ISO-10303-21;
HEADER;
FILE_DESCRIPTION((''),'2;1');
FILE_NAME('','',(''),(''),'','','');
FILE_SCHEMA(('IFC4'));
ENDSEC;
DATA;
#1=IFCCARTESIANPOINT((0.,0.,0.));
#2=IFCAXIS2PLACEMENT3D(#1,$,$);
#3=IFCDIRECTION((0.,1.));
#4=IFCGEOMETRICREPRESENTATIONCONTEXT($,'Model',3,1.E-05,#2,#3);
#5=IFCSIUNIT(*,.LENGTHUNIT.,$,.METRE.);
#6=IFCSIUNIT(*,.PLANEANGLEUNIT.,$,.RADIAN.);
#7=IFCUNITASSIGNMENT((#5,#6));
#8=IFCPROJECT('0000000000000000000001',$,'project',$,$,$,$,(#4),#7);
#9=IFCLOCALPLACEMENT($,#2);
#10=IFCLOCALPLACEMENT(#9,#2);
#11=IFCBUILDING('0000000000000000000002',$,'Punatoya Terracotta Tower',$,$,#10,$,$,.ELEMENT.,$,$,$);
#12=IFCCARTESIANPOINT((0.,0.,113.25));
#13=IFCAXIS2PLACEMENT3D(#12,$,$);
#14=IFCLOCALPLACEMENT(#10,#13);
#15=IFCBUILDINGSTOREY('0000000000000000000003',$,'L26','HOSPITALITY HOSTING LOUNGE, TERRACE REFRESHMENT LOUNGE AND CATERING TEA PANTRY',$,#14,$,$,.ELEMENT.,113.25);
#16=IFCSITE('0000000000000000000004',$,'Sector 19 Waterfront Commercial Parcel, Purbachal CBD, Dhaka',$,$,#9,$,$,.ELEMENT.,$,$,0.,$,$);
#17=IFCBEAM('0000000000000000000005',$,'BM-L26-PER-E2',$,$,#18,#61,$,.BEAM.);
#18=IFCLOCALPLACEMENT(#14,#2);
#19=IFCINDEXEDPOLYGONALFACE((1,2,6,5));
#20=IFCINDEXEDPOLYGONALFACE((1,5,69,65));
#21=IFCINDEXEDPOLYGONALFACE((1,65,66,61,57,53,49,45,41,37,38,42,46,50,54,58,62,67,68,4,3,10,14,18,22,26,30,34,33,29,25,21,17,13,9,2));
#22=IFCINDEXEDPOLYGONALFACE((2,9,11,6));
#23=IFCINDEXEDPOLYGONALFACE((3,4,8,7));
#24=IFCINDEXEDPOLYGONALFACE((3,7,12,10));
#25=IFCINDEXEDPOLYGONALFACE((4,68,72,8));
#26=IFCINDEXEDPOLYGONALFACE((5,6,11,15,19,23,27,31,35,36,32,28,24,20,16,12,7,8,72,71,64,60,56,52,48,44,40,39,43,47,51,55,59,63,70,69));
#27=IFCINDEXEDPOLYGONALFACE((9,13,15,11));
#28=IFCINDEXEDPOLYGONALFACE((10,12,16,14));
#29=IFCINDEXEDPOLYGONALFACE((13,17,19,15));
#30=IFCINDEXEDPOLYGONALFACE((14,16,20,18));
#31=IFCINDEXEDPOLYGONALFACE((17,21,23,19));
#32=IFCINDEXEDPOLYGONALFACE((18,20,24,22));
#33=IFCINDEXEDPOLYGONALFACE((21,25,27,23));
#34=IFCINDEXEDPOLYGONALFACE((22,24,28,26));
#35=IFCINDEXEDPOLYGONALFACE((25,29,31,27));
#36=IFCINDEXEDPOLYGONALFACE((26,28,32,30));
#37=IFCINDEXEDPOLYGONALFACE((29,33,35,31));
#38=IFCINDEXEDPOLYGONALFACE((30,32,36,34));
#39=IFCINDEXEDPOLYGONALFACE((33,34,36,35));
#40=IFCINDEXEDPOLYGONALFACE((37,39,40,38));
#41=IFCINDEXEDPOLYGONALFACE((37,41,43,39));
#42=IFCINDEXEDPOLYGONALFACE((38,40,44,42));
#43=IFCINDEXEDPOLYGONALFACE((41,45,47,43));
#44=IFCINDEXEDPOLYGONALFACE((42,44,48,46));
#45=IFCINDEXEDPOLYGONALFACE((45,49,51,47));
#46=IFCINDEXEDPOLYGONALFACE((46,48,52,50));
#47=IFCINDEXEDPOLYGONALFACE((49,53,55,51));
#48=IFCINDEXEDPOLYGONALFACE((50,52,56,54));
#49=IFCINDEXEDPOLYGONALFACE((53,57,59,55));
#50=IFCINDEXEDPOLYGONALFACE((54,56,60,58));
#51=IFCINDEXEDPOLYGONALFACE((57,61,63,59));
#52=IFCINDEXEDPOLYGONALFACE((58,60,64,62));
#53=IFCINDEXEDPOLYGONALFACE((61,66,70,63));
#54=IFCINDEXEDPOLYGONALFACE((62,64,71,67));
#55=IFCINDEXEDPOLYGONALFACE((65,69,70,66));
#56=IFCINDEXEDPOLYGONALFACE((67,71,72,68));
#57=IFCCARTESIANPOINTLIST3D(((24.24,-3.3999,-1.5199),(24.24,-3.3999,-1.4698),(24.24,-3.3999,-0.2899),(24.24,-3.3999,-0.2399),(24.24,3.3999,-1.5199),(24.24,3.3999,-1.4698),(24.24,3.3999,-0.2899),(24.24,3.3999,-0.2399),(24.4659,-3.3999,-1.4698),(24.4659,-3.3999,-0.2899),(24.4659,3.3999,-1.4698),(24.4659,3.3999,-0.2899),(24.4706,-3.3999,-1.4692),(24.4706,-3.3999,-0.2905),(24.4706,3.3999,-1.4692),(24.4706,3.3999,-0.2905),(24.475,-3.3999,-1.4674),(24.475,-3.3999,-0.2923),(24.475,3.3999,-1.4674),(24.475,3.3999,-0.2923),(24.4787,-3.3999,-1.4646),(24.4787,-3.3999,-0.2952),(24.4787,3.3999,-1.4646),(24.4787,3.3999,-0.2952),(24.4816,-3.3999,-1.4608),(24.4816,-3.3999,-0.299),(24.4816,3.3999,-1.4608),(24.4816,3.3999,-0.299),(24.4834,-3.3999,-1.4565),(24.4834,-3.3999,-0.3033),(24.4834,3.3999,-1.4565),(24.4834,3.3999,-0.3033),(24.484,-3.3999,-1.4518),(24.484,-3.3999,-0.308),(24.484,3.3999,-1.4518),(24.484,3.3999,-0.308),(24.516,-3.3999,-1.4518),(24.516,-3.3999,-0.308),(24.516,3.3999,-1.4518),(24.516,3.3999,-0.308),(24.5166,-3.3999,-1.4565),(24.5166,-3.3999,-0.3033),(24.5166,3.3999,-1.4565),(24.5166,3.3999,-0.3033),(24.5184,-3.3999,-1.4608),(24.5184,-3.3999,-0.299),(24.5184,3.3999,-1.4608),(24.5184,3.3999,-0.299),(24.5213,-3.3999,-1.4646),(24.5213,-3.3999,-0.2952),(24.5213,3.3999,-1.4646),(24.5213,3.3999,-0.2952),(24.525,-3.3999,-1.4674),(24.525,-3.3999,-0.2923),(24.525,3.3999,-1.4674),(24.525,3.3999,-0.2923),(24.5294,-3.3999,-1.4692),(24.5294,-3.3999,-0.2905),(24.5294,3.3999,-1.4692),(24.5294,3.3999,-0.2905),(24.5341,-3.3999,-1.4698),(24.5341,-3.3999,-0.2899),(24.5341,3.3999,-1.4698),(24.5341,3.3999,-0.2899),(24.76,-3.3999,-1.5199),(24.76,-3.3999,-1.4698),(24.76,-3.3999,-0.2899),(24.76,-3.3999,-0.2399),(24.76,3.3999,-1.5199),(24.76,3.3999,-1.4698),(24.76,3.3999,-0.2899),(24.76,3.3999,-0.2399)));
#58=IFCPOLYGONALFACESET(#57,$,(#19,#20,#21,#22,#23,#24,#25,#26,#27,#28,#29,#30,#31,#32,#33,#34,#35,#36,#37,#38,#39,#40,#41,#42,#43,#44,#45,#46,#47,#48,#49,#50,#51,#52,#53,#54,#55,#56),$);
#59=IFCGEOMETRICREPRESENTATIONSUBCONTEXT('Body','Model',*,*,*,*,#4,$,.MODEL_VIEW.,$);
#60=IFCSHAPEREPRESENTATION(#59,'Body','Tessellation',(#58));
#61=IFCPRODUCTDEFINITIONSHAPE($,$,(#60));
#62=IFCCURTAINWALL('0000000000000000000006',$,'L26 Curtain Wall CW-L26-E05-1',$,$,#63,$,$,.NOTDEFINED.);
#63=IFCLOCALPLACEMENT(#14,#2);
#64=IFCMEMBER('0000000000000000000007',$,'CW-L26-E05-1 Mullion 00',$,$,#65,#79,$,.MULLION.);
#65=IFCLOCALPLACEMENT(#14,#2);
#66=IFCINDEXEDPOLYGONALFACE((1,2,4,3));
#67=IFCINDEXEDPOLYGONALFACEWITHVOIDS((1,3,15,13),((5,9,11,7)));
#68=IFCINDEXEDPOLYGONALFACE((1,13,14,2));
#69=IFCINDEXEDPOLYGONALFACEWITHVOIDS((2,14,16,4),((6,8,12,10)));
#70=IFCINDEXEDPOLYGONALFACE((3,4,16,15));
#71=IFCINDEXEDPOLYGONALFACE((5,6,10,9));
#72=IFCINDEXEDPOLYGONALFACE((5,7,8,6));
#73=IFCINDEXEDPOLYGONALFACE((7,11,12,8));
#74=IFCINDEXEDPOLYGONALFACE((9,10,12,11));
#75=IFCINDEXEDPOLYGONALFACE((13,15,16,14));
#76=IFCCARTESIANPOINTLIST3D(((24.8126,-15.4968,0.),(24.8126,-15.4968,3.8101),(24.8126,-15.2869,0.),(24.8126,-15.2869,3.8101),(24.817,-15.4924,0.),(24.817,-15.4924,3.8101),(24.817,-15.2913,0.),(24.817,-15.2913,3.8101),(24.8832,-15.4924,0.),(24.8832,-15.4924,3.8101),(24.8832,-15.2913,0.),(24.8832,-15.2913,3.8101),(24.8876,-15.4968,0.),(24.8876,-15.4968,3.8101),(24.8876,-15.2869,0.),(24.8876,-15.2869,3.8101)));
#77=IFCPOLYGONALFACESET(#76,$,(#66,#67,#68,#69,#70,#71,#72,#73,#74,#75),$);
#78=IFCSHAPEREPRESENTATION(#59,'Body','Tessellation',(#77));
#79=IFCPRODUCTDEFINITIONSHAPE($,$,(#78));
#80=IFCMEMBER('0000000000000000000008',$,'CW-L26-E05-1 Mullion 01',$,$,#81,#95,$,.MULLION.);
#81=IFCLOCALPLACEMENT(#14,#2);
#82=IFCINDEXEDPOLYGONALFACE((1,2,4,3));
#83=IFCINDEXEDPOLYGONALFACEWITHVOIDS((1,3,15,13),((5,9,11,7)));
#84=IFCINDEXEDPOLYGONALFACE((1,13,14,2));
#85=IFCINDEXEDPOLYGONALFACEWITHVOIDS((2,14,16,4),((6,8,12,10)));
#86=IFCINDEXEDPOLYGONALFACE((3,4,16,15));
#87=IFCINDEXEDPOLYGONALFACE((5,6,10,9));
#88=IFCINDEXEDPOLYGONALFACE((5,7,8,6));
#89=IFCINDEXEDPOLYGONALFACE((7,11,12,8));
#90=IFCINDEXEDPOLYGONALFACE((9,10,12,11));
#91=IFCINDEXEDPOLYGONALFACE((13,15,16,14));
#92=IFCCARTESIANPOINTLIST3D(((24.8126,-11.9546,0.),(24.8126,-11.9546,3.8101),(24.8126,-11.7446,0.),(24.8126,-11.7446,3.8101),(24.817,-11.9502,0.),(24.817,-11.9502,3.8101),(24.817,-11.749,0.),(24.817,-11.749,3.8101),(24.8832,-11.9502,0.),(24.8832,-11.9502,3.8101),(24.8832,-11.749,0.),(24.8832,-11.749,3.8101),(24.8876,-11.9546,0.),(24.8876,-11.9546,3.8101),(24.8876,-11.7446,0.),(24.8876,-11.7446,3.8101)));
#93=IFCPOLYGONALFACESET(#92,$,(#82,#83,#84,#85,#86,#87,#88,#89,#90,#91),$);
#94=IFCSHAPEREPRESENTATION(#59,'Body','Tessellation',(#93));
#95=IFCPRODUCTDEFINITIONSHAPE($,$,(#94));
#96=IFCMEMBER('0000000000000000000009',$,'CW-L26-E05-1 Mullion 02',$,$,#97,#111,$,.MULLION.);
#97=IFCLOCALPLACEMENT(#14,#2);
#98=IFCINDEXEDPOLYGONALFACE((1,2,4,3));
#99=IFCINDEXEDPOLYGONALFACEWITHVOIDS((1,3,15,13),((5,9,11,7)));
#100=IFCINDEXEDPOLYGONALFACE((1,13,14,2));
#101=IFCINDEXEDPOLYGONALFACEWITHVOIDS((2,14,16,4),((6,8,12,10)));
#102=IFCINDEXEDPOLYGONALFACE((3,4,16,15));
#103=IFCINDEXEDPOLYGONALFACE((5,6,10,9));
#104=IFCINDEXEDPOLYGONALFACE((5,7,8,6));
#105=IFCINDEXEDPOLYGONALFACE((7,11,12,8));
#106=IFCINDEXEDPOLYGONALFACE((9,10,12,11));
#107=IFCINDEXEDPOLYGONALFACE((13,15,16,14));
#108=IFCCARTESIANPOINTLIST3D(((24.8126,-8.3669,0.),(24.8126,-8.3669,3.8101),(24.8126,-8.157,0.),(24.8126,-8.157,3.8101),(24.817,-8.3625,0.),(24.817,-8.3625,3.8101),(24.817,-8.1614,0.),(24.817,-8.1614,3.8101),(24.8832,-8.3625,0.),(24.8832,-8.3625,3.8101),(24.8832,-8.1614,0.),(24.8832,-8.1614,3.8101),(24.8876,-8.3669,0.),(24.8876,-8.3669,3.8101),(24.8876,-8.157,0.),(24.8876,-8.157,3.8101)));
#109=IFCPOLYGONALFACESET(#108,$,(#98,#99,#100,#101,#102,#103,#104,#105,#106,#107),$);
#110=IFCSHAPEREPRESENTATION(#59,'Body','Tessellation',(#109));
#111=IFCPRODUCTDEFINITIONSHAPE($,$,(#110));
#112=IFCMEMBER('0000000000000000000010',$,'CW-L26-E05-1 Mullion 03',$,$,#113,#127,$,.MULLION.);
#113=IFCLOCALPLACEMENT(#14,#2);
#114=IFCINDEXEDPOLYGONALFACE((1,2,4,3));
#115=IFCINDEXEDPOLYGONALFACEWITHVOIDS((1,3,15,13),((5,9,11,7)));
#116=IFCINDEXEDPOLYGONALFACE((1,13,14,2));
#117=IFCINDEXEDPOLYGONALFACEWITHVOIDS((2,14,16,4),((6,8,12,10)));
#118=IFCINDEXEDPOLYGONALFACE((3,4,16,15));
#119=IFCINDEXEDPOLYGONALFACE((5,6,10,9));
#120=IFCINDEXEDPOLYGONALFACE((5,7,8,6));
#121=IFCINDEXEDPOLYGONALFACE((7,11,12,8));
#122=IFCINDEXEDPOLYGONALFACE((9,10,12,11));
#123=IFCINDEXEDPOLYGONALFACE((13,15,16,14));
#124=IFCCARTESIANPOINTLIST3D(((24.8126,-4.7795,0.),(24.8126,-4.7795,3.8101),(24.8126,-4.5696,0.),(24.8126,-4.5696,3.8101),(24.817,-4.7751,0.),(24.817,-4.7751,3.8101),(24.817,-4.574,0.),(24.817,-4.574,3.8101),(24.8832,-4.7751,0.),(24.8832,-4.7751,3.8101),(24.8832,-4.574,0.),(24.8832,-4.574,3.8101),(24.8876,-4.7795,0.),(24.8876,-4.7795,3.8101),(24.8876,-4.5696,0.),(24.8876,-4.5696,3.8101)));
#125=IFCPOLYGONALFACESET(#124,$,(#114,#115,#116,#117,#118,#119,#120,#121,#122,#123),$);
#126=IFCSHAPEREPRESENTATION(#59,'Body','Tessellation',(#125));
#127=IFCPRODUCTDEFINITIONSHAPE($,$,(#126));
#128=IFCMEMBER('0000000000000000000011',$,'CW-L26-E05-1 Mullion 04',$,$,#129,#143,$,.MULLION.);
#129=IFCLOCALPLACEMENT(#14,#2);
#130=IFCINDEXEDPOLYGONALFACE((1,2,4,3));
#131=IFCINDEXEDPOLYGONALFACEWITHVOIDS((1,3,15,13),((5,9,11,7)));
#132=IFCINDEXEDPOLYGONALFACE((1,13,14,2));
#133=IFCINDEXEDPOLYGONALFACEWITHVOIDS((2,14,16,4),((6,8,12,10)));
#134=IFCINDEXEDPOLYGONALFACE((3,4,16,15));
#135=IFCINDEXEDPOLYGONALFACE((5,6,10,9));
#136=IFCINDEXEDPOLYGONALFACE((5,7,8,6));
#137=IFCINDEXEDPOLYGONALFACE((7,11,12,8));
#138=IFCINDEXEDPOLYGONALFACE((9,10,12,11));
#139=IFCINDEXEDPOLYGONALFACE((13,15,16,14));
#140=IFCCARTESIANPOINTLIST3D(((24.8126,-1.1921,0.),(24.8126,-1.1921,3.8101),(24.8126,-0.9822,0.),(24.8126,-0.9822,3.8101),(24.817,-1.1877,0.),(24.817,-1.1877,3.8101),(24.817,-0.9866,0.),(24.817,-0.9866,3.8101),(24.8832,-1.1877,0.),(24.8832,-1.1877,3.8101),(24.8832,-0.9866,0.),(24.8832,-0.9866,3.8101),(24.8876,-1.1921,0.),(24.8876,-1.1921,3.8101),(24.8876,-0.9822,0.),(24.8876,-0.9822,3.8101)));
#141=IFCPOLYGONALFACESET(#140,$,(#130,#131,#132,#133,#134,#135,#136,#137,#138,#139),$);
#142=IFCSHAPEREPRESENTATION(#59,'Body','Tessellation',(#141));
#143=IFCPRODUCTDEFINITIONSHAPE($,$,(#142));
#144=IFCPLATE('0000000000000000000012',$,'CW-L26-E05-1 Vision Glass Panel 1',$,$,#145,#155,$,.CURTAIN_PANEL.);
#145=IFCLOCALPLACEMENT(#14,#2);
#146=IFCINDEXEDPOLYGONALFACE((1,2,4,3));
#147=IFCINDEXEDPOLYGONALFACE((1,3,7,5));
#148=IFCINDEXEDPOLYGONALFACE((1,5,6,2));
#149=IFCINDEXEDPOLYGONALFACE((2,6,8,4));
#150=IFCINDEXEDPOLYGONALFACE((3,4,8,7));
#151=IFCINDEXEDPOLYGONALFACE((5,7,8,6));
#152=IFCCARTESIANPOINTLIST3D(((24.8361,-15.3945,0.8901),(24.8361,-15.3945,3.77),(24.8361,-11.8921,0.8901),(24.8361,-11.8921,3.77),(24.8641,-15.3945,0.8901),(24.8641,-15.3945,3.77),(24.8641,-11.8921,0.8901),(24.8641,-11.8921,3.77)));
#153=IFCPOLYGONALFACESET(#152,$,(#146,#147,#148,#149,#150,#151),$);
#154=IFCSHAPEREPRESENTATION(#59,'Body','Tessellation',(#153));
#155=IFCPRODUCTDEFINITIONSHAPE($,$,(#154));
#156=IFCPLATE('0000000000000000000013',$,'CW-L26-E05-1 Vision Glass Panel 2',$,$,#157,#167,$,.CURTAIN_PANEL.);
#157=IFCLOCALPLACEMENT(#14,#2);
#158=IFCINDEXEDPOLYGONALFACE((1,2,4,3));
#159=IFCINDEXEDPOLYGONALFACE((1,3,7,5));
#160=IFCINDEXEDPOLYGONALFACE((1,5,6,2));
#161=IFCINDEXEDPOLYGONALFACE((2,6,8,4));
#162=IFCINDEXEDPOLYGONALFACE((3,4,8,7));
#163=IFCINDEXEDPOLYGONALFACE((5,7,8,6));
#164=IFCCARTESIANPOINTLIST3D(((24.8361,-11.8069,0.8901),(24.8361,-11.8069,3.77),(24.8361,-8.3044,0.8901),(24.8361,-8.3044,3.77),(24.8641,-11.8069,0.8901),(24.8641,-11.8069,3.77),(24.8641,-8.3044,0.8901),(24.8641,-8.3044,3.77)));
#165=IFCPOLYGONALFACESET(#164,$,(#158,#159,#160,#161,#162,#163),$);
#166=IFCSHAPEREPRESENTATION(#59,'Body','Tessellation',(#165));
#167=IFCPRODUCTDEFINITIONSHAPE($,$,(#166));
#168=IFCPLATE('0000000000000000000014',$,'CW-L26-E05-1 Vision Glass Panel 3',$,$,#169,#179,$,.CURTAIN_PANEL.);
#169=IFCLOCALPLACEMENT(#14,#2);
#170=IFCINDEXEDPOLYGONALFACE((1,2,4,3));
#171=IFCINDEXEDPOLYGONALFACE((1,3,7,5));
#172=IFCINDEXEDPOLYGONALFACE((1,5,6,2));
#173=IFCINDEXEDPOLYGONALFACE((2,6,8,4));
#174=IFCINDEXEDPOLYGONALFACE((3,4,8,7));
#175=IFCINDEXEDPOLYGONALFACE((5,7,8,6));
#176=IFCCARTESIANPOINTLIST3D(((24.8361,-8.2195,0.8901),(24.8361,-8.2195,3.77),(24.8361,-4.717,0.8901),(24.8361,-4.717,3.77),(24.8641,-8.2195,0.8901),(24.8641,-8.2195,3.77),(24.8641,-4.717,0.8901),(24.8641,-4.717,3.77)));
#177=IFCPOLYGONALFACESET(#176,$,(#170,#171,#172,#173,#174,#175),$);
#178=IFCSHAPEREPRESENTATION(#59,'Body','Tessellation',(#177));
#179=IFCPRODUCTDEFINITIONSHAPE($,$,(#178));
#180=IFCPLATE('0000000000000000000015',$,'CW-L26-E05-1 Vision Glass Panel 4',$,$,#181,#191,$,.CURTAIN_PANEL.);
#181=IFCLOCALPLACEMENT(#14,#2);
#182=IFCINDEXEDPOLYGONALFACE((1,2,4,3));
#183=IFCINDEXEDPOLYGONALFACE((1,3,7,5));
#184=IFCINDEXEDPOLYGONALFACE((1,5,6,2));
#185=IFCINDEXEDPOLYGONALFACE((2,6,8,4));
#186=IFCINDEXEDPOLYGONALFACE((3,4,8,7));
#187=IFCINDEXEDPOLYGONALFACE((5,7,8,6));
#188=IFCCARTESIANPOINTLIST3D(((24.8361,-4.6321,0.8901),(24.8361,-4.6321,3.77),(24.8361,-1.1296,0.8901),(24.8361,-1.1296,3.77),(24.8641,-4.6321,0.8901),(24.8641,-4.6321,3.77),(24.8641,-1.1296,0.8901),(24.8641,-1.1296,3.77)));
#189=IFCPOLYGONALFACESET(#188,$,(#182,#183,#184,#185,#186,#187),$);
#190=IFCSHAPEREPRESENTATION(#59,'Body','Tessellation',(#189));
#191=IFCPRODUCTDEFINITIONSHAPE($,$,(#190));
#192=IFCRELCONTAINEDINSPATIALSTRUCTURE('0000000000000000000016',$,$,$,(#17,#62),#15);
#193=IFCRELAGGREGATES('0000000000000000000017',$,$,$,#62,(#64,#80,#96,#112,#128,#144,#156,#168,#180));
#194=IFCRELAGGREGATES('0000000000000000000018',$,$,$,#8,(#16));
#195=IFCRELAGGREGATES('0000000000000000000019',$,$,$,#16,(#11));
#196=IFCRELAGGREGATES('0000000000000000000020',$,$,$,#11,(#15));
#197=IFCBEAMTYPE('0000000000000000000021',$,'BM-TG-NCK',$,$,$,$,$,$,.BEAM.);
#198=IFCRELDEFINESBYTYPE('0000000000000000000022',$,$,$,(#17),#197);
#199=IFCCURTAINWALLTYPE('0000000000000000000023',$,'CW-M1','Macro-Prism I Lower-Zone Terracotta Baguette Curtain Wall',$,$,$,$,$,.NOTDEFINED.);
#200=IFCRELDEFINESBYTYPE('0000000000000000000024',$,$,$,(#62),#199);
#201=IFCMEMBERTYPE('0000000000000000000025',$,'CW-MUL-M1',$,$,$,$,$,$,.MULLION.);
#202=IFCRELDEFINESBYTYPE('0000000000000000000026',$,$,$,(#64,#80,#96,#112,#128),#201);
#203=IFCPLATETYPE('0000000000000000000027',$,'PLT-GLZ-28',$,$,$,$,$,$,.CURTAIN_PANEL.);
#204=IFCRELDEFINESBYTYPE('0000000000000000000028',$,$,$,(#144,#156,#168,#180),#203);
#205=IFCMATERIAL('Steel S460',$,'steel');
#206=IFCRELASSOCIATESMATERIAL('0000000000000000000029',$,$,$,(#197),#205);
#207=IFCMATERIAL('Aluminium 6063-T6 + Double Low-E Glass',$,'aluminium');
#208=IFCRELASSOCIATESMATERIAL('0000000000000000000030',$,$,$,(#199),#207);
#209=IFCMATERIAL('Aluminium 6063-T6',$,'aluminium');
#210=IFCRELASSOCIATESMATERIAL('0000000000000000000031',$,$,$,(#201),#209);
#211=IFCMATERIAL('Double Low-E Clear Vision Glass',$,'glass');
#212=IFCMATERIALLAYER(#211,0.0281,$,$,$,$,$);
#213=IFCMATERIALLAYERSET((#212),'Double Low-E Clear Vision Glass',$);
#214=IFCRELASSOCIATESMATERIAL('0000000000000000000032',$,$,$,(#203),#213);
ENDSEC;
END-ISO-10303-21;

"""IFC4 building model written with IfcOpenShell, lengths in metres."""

from ifc_helpers import new_model, si_unit, direction, frame, origin, origin_2d, place, context, subcontext, project, spatial, rectangle, hollow_rectangle, i_section, extrude, material, layer, layer_set, material_profile, profile_set, type_object, element, aggregate, save


model = new_model("IFC4")

# Units and contexts
model_context = context("Model", 3, precision=1e-05, world=origin(), true_north=direction((0.0, 1.0)))
body_context = subcontext(model_context, "Body", "Model", "MODEL_VIEW")
ifc_project = project(units=[si_unit("LENGTHUNIT", "METRE"), si_unit("PLANEANGLEUNIT", "RADIAN")], contexts=[model_context])

# Site, building, storey
site_placement = place(None, origin())
site = spatial("IfcSite", under=ifc_project, at=site_placement, Name="Sector 19 Waterfront Commercial Parcel, Purbachal CBD, Dhaka", CompositionType="ELEMENT", RefElevation=0.0)
building_placement = place(site_placement, origin())
building = spatial("IfcBuilding", under=site, at=building_placement, Name="Punatoya Terracotta Tower", CompositionType="ELEMENT")
storey_placement = place(building_placement, frame((0.0, 0.0, 113.25)))
storey = spatial("IfcBuildingStorey", under=building, at=storey_placement, Name="L26", Description="HOSPITALITY HOSTING LOUNGE, TERRACE REFRESHMENT LOUNGE AND CATERING TEA PANTRY", CompositionType="ELEMENT", Elevation=113.25)

# Shared definitions
ifc_material_1 = material(Name="Steel S460", Category="steel")

# Beam
ifc_material_profile_1 = material_profile(ifc_material_1, i_section(OverallWidth=0.52, OverallDepth=1.28, WebThickness=0.032, FlangeThickness=0.05, FilletRadius=0.0181, at=origin_2d()))
ifc_profile_set_1 = profile_set([ifc_material_profile_1], Name="Steel S460")
beam_type_1 = type_object("IfcBeamType", Name="BM-TG-NCK", PredefinedType="BEAM", material=ifc_profile_set_1)
beam_1_placement = place(storey_placement, frame((24.5, -3.3999, -0.8799), z_axis=(0.0, 1.0, 0.0), x_axis=(-1.0, 0.0, 0.0)))
element("IfcBeam", 1, at=beam_1_placement, inside=storey, type_object=beam_type_1, Name="BM-L26-PER-E2", PredefinedType="BEAM", context=body_context, shape_type="SweptSolid", body=[
    extrude(i_section(OverallWidth=0.52, OverallDepth=1.28, WebThickness=0.032, FlangeThickness=0.05, FilletRadius=0.0181, at=origin_2d()), origin(), (0.0, 0.0, 1.0), 6.7998),
])

# Curtain wall, members, plates
ifc_material_2 = material(Name="Aluminium 6063-T6 + Double Low-E Glass", Category="aluminium")
curtain_wall_type = type_object("IfcCurtainWallType", Name="CW-M1", Description="Macro-Prism I Lower-Zone Terracotta Baguette Curtain Wall", PredefinedType="NOTDEFINED", material=ifc_material_2)
curtain_wall_placement = place(storey_placement, origin())
curtain_wall = element("IfcCurtainWall", 2, at=curtain_wall_placement, inside=storey, type_object=curtain_wall_type, Name="L26 Curtain Wall CW-L26-E05-1", PredefinedType="NOTDEFINED")
ifc_material_3 = material(Name="Aluminium 6063-T6", Category="aluminium")
ifc_material_profile_2 = material_profile(ifc_material_3, hollow_rectangle(XDim=0.075, YDim=0.21, WallThickness=0.0044, at=origin_2d()))
ifc_profile_set_2 = profile_set([ifc_material_profile_2], Name="Aluminium 6063-T6")
member_type = type_object("IfcMemberType", Name="CW-MUL-M1", PredefinedType="MULLION", material=ifc_profile_set_2)
member_1_placement = place(storey_placement, frame((24.8501, -15.3918, 0.0), z_axis=(0.0, 0.0, 1.0), x_axis=(1.0, 0.0, 0.0)))
member_1 = element("IfcMember", 3, at=member_1_placement, type_object=member_type, Name="CW-L26-E05-1 Mullion 00", PredefinedType="MULLION", context=body_context, shape_type="SweptSolid", body=[
    extrude(hollow_rectangle(XDim=0.075, YDim=0.21, WallThickness=0.0044, at=origin_2d()), origin(), (0.0, 0.0, 1.0), 3.8101),
])
member_2_placement = place(storey_placement, frame((24.8501, -11.8496, 0.0), z_axis=(0.0, 0.0, 1.0), x_axis=(1.0, 0.0, 0.0)))
member_2 = element("IfcMember", 4, at=member_2_placement, type_object=member_type, Name="CW-L26-E05-1 Mullion 01", PredefinedType="MULLION", context=body_context, shape_type="SweptSolid", body=[
    extrude(hollow_rectangle(XDim=0.075, YDim=0.21, WallThickness=0.0044, at=origin_2d()), origin(), (0.0, 0.0, 1.0), 3.8101),
])
member_3_placement = place(storey_placement, frame((24.8501, -8.262, 0.0), z_axis=(0.0, 0.0, 1.0), x_axis=(1.0, 0.0, 0.0)))
member_3 = element("IfcMember", 5, at=member_3_placement, type_object=member_type, Name="CW-L26-E05-1 Mullion 02", PredefinedType="MULLION", context=body_context, shape_type="SweptSolid", body=[
    extrude(hollow_rectangle(XDim=0.075, YDim=0.21, WallThickness=0.0044, at=origin_2d()), origin(), (0.0, 0.0, 1.0), 3.8101),
])
member_4_placement = place(storey_placement, frame((24.8501, -4.6746, 0.0), z_axis=(0.0, 0.0, 1.0), x_axis=(1.0, 0.0, 0.0)))
member_4 = element("IfcMember", 6, at=member_4_placement, type_object=member_type, Name="CW-L26-E05-1 Mullion 03", PredefinedType="MULLION", context=body_context, shape_type="SweptSolid", body=[
    extrude(hollow_rectangle(XDim=0.075, YDim=0.21, WallThickness=0.0044, at=origin_2d()), origin(), (0.0, 0.0, 1.0), 3.8101),
])
member_5_placement = place(storey_placement, frame((24.8501, -1.0872, 0.0), z_axis=(0.0, 0.0, 1.0), x_axis=(1.0, 0.0, 0.0)))
member_5 = element("IfcMember", 7, at=member_5_placement, type_object=member_type, Name="CW-L26-E05-1 Mullion 04", PredefinedType="MULLION", context=body_context, shape_type="SweptSolid", body=[
    extrude(hollow_rectangle(XDim=0.075, YDim=0.21, WallThickness=0.0044, at=origin_2d()), origin(), (0.0, 0.0, 1.0), 3.8101),
])
ifc_material_4 = material(Name="Double Low-E Clear Vision Glass", Category="glass")
ifc_layer_1 = layer(ifc_material_4, 0.0281)
ifc_layer_set_1 = layer_set([ifc_layer_1], Name="Double Low-E Clear Vision Glass")
plate_type_1 = type_object("IfcPlateType", Name="PLT-GLZ-28", PredefinedType="CURTAIN_PANEL", material=ifc_layer_set_1)
plate_1_placement = place(storey_placement, frame((24.8501, -13.6433, 0.8901), z_axis=(0.0, 0.0, 1.0), x_axis=(0.0, 1.0, 0.0)))
plate_1 = element("IfcPlate", 8, at=plate_1_placement, type_object=plate_type_1, Name="CW-L26-E05-1 Vision Glass Panel 1", PredefinedType="CURTAIN_PANEL", context=body_context, shape_type="SweptSolid", body=[
    extrude(rectangle(XDim=3.5024, YDim=0.0281, at=origin_2d()), origin(), (0.0, 0.0, 1.0), 2.8799),
])
plate_2_placement = place(storey_placement, frame((24.8501, -10.0557, 0.8901), z_axis=(0.0, 0.0, 1.0), x_axis=(0.0, 1.0, 0.0)))
plate_2 = element("IfcPlate", 9, at=plate_2_placement, type_object=plate_type_1, Name="CW-L26-E05-1 Vision Glass Panel 2", PredefinedType="CURTAIN_PANEL", context=body_context, shape_type="SweptSolid", body=[
    extrude(rectangle(XDim=3.5024, YDim=0.0281, at=origin_2d()), origin(), (0.0, 0.0, 1.0), 2.8799),
])
plate_3_placement = place(storey_placement, frame((24.8501, -6.4683, 0.8901), z_axis=(0.0, 0.0, 1.0), x_axis=(0.0, 1.0, 0.0)))
plate_3 = element("IfcPlate", 10, at=plate_3_placement, type_object=plate_type_1, Name="CW-L26-E05-1 Vision Glass Panel 3", PredefinedType="CURTAIN_PANEL", context=body_context, shape_type="SweptSolid", body=[
    extrude(rectangle(XDim=3.5024, YDim=0.0281, at=origin_2d()), origin(), (0.0, 0.0, 1.0), 2.8799),
])
plate_4_placement = place(storey_placement, frame((24.8501, -2.8809, 0.8901), z_axis=(0.0, 0.0, 1.0), x_axis=(0.0, 1.0, 0.0)))
plate_4 = element("IfcPlate", 11, at=plate_4_placement, type_object=plate_type_1, Name="CW-L26-E05-1 Vision Glass Panel 4", PredefinedType="CURTAIN_PANEL", context=body_context, shape_type="SweptSolid", body=[
    extrude(rectangle(XDim=3.5024, YDim=0.0281, at=origin_2d()), origin(), (0.0, 0.0, 1.0), 2.8799),
])
aggregate(curtain_wall, [member_1, member_2, member_3, member_4, member_5, plate_1, plate_2, plate_3, plate_4])

save(model, "model.ifc")
